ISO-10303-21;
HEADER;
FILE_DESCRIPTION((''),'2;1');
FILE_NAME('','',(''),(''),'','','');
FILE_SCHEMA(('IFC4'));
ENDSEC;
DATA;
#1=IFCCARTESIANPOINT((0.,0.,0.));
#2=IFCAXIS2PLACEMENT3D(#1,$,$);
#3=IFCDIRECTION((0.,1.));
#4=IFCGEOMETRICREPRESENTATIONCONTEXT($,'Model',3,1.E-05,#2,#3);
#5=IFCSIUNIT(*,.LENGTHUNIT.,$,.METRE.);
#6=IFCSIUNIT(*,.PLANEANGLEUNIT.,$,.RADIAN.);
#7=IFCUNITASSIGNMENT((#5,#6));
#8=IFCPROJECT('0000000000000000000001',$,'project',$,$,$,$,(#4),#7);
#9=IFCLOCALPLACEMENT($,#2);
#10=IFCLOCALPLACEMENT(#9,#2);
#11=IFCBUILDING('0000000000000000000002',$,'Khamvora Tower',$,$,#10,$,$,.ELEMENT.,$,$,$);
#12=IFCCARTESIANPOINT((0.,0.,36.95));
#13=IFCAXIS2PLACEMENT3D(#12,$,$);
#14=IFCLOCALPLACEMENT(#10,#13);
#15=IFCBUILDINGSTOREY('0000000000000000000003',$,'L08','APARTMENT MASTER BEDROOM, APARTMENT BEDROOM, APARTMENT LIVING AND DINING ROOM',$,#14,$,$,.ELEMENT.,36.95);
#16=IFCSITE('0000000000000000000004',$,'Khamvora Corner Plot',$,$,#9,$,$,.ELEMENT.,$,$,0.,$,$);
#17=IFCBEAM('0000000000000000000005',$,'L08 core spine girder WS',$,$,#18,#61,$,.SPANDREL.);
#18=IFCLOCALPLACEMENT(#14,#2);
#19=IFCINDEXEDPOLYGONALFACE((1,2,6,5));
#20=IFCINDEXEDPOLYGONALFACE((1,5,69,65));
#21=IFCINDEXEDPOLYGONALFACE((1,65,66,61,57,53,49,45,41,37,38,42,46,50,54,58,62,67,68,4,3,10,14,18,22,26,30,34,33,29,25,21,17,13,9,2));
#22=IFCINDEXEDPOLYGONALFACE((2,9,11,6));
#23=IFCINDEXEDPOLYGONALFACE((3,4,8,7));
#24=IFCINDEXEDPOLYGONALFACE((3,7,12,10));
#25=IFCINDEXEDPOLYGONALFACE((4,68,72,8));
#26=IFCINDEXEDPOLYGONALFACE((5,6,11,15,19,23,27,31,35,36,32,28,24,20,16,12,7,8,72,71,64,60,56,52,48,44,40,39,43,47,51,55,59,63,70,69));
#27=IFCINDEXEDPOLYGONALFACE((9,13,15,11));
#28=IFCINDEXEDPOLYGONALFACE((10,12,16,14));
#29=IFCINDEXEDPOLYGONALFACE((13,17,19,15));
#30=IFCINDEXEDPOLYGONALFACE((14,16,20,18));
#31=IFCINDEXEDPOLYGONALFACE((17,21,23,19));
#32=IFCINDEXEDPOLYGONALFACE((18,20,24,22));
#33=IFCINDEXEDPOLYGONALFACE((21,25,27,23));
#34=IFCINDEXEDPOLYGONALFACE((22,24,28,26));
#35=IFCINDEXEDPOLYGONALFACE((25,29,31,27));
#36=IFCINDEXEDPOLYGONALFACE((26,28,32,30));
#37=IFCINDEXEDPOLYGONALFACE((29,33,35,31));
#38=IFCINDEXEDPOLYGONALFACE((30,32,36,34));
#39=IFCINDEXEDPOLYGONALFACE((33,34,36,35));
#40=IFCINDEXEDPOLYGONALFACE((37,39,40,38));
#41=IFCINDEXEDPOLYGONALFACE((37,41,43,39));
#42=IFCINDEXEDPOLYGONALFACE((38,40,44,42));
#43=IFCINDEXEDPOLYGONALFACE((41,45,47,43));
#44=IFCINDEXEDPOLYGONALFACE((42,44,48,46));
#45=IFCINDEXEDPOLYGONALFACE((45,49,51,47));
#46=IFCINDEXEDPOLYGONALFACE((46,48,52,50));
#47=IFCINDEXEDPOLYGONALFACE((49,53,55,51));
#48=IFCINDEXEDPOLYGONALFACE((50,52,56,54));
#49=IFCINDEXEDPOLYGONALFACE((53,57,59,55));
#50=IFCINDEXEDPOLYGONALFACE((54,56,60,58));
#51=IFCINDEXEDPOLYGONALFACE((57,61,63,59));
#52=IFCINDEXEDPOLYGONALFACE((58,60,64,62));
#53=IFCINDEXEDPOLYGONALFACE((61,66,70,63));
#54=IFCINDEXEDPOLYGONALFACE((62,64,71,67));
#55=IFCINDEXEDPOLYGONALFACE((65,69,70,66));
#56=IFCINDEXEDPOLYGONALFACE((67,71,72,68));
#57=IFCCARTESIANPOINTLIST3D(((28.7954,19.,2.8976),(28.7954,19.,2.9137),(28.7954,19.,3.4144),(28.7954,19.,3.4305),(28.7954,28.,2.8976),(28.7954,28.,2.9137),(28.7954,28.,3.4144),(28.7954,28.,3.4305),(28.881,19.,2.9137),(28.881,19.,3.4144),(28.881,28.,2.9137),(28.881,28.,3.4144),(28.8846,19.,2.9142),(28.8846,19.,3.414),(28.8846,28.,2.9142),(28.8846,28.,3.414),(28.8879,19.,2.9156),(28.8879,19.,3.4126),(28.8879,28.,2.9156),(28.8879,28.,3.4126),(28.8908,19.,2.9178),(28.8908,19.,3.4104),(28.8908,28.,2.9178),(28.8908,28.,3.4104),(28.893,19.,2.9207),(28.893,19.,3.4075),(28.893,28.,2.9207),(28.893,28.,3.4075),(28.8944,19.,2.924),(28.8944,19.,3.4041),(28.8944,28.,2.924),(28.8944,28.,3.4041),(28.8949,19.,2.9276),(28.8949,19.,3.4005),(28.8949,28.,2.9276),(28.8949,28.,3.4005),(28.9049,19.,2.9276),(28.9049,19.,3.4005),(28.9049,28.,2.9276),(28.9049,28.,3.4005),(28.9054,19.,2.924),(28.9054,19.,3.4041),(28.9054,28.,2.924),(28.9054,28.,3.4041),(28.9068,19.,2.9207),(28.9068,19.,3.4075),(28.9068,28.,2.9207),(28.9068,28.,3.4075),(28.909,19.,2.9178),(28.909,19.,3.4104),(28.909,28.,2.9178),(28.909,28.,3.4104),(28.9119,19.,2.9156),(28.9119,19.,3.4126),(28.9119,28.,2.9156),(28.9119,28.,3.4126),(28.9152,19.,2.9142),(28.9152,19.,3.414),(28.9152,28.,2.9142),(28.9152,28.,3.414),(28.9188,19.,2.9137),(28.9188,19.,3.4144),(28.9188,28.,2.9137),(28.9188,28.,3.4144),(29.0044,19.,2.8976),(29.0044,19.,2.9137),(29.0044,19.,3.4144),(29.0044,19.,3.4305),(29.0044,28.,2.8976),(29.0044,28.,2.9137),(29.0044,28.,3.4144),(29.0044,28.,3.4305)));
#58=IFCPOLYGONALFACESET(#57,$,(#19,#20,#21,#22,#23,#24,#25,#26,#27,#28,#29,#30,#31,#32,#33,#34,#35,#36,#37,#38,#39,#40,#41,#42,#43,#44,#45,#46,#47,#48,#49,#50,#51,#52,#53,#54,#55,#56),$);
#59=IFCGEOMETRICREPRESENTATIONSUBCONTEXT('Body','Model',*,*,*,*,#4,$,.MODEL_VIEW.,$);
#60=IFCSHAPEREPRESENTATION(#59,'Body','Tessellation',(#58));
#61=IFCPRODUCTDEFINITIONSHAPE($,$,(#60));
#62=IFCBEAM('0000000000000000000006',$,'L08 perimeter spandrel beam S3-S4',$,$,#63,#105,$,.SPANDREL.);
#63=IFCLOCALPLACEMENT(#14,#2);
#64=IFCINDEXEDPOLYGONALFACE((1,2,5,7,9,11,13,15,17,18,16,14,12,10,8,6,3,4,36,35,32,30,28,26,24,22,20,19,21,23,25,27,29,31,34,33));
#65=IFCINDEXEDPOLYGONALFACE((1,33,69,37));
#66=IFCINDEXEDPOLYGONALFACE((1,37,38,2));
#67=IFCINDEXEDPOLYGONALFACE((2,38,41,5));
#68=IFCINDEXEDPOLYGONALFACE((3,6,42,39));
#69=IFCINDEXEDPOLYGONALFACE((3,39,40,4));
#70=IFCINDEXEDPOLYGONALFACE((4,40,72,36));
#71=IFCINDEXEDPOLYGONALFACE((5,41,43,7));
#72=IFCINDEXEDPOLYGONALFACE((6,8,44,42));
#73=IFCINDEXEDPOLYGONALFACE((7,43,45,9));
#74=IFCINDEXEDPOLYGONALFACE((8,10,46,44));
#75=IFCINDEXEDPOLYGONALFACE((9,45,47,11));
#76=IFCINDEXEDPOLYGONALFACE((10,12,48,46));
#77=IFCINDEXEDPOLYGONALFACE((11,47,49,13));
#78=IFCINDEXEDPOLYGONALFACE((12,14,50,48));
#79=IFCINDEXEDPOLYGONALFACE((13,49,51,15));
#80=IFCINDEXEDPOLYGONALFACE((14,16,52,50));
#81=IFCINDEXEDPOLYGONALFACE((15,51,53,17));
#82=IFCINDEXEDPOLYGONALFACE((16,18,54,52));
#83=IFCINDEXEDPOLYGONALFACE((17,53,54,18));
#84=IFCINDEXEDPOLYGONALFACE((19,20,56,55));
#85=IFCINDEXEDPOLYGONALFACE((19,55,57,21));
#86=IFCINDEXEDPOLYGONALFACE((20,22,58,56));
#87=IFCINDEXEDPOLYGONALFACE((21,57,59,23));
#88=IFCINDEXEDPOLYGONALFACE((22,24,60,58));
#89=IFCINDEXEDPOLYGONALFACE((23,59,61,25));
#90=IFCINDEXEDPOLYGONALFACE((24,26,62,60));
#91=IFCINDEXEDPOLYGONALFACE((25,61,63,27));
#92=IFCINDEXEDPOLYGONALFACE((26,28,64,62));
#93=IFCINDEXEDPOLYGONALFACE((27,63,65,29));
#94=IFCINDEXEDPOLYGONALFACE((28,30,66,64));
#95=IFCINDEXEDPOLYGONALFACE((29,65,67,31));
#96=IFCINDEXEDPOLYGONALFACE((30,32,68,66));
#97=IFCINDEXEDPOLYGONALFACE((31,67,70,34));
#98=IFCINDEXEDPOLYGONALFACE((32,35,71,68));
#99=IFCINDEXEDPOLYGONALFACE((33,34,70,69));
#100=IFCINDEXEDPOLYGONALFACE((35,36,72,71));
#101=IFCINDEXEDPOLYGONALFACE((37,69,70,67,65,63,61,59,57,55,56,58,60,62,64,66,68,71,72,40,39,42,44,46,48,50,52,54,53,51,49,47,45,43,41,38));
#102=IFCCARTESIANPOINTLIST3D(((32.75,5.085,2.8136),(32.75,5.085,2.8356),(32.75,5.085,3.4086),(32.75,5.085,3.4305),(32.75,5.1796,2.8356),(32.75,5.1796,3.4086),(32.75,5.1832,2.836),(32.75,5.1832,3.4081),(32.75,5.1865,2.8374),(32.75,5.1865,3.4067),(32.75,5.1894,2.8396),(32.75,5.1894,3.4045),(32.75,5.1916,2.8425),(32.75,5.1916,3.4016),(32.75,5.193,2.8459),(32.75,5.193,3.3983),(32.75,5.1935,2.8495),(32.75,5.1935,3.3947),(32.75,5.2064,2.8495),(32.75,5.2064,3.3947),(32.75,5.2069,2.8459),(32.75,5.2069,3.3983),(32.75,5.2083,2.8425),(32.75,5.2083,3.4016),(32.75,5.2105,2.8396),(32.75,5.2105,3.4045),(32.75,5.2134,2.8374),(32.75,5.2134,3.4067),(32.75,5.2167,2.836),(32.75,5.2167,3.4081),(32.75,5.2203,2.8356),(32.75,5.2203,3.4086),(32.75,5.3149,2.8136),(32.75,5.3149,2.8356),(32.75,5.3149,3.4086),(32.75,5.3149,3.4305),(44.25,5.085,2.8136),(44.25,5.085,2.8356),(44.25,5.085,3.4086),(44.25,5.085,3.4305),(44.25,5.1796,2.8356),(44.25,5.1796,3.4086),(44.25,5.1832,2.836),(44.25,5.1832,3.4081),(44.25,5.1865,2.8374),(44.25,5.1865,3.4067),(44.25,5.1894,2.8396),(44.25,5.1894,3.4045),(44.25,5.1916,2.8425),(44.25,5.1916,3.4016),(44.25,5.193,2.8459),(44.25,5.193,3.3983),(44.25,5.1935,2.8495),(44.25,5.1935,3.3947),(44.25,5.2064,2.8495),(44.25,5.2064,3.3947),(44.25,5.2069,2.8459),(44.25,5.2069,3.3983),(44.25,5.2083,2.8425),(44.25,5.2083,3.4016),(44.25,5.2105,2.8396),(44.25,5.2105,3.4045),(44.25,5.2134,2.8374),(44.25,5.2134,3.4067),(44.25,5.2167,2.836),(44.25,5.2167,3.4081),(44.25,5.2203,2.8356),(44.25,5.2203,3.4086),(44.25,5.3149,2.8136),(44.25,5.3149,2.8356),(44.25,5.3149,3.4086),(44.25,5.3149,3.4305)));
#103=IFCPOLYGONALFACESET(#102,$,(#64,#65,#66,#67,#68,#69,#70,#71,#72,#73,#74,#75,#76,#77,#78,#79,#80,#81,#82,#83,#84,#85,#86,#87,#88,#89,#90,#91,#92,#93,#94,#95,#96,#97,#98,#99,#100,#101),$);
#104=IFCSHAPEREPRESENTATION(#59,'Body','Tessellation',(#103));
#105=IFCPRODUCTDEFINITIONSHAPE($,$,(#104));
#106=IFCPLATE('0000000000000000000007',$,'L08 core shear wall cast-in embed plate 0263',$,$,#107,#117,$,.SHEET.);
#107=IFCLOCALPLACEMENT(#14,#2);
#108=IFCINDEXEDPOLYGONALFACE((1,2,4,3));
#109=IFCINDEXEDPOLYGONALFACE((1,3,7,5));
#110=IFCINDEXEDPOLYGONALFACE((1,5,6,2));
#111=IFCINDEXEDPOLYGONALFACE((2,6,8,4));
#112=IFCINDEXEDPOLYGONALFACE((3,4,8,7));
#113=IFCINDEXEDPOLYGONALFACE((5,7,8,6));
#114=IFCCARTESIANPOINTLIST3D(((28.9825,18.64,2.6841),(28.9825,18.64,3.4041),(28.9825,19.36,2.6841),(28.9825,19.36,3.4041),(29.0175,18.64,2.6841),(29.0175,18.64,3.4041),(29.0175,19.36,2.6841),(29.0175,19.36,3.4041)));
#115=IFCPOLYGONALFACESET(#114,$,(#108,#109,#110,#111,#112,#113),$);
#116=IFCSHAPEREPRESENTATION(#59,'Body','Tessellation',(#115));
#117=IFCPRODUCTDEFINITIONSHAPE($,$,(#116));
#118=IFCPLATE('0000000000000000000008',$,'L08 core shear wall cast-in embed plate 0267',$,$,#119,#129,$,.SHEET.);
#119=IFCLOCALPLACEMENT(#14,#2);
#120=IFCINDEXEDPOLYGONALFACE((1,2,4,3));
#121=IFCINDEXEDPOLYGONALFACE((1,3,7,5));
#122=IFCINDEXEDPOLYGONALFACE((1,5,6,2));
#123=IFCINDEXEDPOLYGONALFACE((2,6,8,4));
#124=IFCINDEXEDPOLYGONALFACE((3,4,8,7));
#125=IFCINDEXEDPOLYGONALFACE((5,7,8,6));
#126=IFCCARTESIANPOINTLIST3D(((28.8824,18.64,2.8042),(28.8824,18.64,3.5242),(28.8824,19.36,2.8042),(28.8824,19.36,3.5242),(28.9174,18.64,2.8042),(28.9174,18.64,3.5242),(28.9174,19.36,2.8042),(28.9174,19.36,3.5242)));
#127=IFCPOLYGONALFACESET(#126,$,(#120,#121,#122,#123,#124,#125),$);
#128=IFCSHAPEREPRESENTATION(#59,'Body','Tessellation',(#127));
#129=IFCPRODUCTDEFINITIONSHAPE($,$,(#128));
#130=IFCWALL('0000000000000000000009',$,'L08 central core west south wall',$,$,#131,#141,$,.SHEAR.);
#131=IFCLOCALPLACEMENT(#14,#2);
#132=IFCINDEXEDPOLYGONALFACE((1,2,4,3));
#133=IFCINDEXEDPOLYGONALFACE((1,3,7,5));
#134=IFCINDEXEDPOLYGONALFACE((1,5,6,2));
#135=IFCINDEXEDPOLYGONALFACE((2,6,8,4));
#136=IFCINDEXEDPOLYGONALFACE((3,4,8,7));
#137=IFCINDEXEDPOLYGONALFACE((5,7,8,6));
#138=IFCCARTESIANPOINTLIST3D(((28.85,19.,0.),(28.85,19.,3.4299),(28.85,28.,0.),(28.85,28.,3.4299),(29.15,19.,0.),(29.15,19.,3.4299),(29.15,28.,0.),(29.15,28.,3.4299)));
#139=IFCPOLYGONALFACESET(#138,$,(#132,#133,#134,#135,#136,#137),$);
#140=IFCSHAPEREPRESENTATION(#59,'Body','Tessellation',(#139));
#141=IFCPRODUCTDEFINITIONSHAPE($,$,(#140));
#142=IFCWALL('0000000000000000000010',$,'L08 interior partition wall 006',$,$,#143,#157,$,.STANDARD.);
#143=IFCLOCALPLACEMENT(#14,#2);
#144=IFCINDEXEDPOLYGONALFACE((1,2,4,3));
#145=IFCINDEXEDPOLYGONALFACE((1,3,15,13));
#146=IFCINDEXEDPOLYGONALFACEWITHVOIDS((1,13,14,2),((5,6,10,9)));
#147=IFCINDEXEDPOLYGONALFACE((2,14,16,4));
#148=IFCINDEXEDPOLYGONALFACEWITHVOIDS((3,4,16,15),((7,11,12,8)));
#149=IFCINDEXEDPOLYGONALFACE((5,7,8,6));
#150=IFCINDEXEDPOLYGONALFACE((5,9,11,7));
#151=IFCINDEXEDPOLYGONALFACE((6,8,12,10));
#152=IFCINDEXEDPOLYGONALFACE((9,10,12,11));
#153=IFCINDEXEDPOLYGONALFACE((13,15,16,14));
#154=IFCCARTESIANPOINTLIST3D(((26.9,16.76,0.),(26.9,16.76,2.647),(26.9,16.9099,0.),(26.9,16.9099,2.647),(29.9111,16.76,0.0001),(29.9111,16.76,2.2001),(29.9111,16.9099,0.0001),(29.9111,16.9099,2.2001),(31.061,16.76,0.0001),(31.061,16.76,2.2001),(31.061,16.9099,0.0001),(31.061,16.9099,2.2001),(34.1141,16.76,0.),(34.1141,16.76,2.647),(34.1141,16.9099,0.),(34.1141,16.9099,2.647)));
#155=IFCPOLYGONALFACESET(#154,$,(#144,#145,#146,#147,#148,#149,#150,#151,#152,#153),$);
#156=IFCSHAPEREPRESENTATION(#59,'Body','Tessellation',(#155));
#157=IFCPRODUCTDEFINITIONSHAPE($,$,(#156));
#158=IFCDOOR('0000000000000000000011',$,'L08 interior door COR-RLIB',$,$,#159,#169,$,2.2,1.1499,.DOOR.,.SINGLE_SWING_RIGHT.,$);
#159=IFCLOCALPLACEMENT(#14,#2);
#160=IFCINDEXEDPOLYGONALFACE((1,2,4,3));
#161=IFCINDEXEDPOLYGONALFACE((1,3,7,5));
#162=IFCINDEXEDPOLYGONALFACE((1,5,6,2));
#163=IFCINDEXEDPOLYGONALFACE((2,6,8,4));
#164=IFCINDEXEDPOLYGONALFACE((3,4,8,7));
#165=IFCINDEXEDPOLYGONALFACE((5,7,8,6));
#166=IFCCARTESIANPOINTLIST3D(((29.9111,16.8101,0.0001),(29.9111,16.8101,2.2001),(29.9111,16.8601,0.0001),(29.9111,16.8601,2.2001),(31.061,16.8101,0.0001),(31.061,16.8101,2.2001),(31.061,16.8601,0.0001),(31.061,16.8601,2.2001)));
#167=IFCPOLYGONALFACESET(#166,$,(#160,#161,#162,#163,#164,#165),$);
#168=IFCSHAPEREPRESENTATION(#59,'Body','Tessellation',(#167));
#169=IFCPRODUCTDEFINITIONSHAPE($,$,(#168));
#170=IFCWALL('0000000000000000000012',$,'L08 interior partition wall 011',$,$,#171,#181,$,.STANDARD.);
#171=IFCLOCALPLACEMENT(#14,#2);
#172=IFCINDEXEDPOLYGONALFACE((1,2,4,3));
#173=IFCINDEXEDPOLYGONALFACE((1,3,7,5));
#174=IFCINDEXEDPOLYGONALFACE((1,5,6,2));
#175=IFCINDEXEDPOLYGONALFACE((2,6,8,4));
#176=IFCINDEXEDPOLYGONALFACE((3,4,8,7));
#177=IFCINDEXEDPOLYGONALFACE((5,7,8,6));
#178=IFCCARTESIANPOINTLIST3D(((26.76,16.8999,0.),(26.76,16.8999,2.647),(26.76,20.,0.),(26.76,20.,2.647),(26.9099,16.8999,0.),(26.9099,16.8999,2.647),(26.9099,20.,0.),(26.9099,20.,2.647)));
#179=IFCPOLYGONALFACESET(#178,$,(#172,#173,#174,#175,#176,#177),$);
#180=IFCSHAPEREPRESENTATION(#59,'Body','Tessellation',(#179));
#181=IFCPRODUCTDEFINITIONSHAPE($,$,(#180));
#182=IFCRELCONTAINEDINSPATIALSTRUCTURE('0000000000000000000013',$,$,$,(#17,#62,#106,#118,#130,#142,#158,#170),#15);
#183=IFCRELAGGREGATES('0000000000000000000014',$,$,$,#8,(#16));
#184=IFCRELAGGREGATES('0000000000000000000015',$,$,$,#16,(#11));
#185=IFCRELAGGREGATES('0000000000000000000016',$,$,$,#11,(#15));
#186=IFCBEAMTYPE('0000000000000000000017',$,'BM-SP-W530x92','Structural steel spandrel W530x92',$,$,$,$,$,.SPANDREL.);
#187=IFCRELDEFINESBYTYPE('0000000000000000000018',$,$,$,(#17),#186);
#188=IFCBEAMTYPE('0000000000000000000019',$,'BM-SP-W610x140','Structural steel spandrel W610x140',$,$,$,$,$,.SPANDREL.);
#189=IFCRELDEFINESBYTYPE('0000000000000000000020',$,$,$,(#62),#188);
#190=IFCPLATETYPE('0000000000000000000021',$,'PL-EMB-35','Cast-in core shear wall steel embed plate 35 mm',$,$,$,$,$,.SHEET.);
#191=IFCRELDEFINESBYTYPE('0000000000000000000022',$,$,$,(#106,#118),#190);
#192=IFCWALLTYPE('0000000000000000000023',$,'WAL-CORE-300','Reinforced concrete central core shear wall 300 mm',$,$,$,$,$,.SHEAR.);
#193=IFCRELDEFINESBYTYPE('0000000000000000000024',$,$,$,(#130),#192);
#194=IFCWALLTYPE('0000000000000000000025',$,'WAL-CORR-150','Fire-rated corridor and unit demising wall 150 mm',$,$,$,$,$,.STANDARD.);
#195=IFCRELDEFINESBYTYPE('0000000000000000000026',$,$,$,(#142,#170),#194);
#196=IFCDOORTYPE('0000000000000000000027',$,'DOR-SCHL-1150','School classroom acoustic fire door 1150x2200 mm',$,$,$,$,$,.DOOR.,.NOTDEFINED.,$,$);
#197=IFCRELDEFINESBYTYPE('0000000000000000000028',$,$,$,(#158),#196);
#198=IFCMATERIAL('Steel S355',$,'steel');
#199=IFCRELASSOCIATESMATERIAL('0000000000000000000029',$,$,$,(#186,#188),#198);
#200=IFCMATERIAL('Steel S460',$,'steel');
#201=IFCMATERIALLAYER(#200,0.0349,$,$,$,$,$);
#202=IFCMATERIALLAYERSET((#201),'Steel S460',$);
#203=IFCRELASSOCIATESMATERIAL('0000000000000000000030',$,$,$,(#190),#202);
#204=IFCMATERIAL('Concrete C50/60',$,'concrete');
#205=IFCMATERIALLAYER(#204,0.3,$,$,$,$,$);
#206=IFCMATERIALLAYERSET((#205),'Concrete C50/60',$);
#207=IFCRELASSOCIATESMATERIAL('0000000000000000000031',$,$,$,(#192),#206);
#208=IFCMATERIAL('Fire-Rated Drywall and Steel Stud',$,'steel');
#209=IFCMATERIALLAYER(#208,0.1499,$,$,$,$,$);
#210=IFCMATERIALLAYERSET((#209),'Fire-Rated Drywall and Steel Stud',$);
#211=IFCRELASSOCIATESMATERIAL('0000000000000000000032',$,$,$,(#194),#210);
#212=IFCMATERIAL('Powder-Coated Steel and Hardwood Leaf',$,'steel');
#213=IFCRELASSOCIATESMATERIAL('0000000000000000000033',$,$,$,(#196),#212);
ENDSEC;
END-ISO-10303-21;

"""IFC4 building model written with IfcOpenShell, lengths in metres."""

from ifc_helpers import new_model, si_unit, direction, frame, frame_2d, origin, origin_2d, place, context, subcontext, project, spatial, rectangle, i_section, extrude, material, layer, layer_set, material_profile, profile_set, type_object, element, fill, save


model = new_model("IFC4")

# Units and contexts
model_context = context("Model", 3, precision=1e-05, world=origin(), true_north=direction((0.0, 1.0)))
body_context = subcontext(model_context, "Body", "Model", "MODEL_VIEW")
ifc_project = project(units=[si_unit("LENGTHUNIT", "METRE"), si_unit("PLANEANGLEUNIT", "RADIAN")], contexts=[model_context])

# Site, building, storey
site_placement = place(None, origin())
site = spatial("IfcSite", under=ifc_project, at=site_placement, Name="Khamvora Corner Plot", CompositionType="ELEMENT", RefElevation=0.0)
building_placement = place(site_placement, origin())
building = spatial("IfcBuilding", under=site, at=building_placement, Name="Khamvora Tower", CompositionType="ELEMENT")
storey_placement = place(building_placement, frame((0.0, 0.0, 36.95)))
storey = spatial("IfcBuildingStorey", under=building, at=storey_placement, Name="L08", Description="APARTMENT MASTER BEDROOM, APARTMENT BEDROOM, APARTMENT LIVING AND DINING ROOM", CompositionType="ELEMENT", Elevation=36.95)

# Shared definitions
ifc_material_1 = material(Name="Steel S460", Category="steel")

# Beams
ifc_material_2 = material(Name="Steel S355", Category="steel")
ifc_material_profile_1 = material_profile(ifc_material_2, i_section(OverallWidth=0.209, OverallDepth=0.533, WebThickness=0.01, FlangeThickness=0.0161, FilletRadius=0.0139, at=origin_2d()), Name="W530x92")
ifc_profile_set_1 = profile_set([ifc_material_profile_1], Name="Steel S355")
beam_type_1 = type_object("IfcBeamType", Name="BM-SP-W530x92", Description="Structural steel spandrel W530x92", PredefinedType="SPANDREL", material=ifc_profile_set_1)
beam_1_placement = place(storey_placement, frame((28.8999, 19.0, 3.1641), z_axis=(0.0, 1.0, 0.0), x_axis=(-1.0, 0.0, 0.0)))
element("IfcBeam", 1, at=beam_1_placement, inside=storey, type_object=beam_type_1, Name="L08 core spine girder WS", PredefinedType="SPANDREL", context=body_context, shape_type="SweptSolid", body=[
    extrude(i_section(OverallWidth=0.209, OverallDepth=0.533, WebThickness=0.01, FlangeThickness=0.0161, FilletRadius=0.0139, at=origin_2d()), origin(), (0.0, 0.0, 1.0), 9.0),
])
ifc_material_profile_2 = material_profile(ifc_material_2, i_section(OverallWidth=0.23, OverallDepth=0.6169, WebThickness=0.0129, FlangeThickness=0.022, FilletRadius=0.0139, at=origin_2d()), Name="W610x140")
ifc_profile_set_2 = profile_set([ifc_material_profile_2], Name="Steel S355")
beam_type_2 = type_object("IfcBeamType", Name="BM-SP-W610x140", Description="Structural steel spandrel W610x140", PredefinedType="SPANDREL", material=ifc_profile_set_2)
beam_2_placement = place(storey_placement, frame((32.75, 5.2, 3.1221), z_axis=(1.0, 0.0, 0.0), x_axis=(0.0, 1.0, 0.0)))
element("IfcBeam", 2, at=beam_2_placement, inside=storey, type_object=beam_type_2, Name="L08 perimeter spandrel beam S3-S4", PredefinedType="SPANDREL", context=body_context, shape_type="SweptSolid", body=[
    extrude(i_section(OverallWidth=0.23, OverallDepth=0.6169, WebThickness=0.0129, FlangeThickness=0.022, FilletRadius=0.0139, at=origin_2d()), origin(), (0.0, 0.0, 1.0), 11.5),
])

# Plates
ifc_layer_1 = layer(ifc_material_1, 0.0349)
ifc_layer_set_1 = layer_set([ifc_layer_1], Name="Steel S460")
plate_type = type_object("IfcPlateType", Name="PL-EMB-35", Description="Cast-in core shear wall steel embed plate 35 mm", PredefinedType="SHEET", material=ifc_layer_set_1)
for number, where, z_axis, x_axis, name in (
    (3, (29.0, 19.0, 2.6841), (0.0, 0.0, 1.0), (1.0, 0.0, 0.0), "L08 core shear wall cast-in embed plate 0263"),
    (4, (28.8999, 19.0, 2.8042), (0.0, 0.0, 1.0), (1.0, 0.0, 0.0), "L08 core shear wall cast-in embed plate 0267"),
):
    element("IfcPlate", number, at=place(storey_placement, frame(where, z_axis=z_axis, x_axis=x_axis)), inside=storey, type_object=plate_type, Name=name, PredefinedType="SHEET", context=body_context, shape_type="SweptSolid", body=[
        extrude(rectangle(XDim=0.0349, YDim=0.72, at=origin_2d()), origin(), (0.0, 0.0, 1.0), 0.72),
    ])

# Wall
ifc_material_3 = material(Name="Concrete C50/60", Category="concrete")
ifc_layer_2 = layer(ifc_material_3, 0.3)
ifc_layer_set_2 = layer_set([ifc_layer_2], Name="Concrete C50/60")
wall_type_1 = type_object("IfcWallType", Name="WAL-CORE-300", Description="Reinforced concrete central core shear wall 300 mm", PredefinedType="SHEAR", material=ifc_layer_set_2)
wall_1_placement = place(storey_placement, frame((29.0, 19.0, 0.0), z_axis=(0.0, 0.0, 1.0), x_axis=(0.0, 1.0, 0.0)))
element("IfcWall", 5, at=wall_1_placement, inside=storey, type_object=wall_type_1, Name="L08 central core west south wall", PredefinedType="SHEAR", context=body_context, shape_type="SweptSolid", body=[
    extrude(rectangle(XDim=9.0, YDim=0.3, at=frame_2d((4.5, 0.0))), origin(), (0.0, 0.0, 1.0), 3.4299),
])

# Wall, opening, door
ifc_material_4 = material(Name="Fire-Rated Drywall and Steel Stud", Category="steel")
ifc_layer_3 = layer(ifc_material_4, 0.1499)
ifc_layer_set_3 = layer_set([ifc_layer_3], Name="Fire-Rated Drywall and Steel Stud")
wall_type_2 = type_object("IfcWallType", Name="WAL-CORR-150", Description="Fire-rated corridor and unit demising wall 150 mm", PredefinedType="STANDARD", material=ifc_layer_set_3)
wall_2_placement = place(storey_placement, frame((34.114, 16.835, 0.0), z_axis=(0.0, 0.0, 1.0), x_axis=(-1.0, 0.0, 0.0)))
wall_2 = element("IfcWall", 6, at=wall_2_placement, inside=storey, type_object=wall_type_2, Name="L08 interior partition wall 006", PredefinedType="STANDARD", context=body_context, shape_type="SweptSolid", body=[
    extrude(rectangle(XDim=7.2141, YDim=0.1499, at=frame_2d((3.6069, 0.0))), origin(), (0.0, 0.0, 1.0), 2.647),
])
opening_1_placement = place(wall_2_placement, frame((3.053, 0.0, 0.0)))
opening_1 = element("IfcOpeningElement", 7, at=opening_1_placement, cuts=wall_2, PredefinedType="OPENING", context=body_context, shape_type="SweptSolid", body=[
    extrude(rectangle(XDim=1.1499, YDim=2.2, at=frame_2d((0.575, 1.1001))), frame((0.0, 0.085, 0.0), z_axis=(0.0, -1.0, 0.0), x_axis=(1.0, 0.0, 0.0)), (0.0, 0.0, 1.0), 0.1699),
])
ifc_material_5 = material(Name="Powder-Coated Steel and Hardwood Leaf", Category="steel")
door_type_1 = type_object("IfcDoorType", Name="DOR-SCHL-1150", Description="School classroom acoustic fire door 1150x2200 mm", OperationType="NOTDEFINED", PredefinedType="DOOR", material=ifc_material_5)
door_1_placement = place(opening_1_placement, origin())
door_1 = element("IfcDoor", 8, at=door_1_placement, inside=storey, type_object=door_type_1, Name="L08 interior door COR-RLIB", OperationType="SINGLE_SWING_RIGHT", OverallHeight=2.2, OverallWidth=1.1499, PredefinedType="DOOR", context=body_context, shape_type="SweptSolid", body=[
    extrude(rectangle(XDim=1.1499, YDim=2.2, at=frame_2d((0.575, 1.1001))), frame((0.0, 0.0249, 0.0), z_axis=(0.0, -1.0, 0.0), x_axis=(1.0, 0.0, 0.0)), (0.0, 0.0, 1.0), 0.05),
])
fill(opening_1, door_1)

# Wall
wall_3_placement = place(storey_placement, frame((26.835, 16.8999, 0.0), z_axis=(0.0, 0.0, 1.0), x_axis=(0.0, 1.0, 0.0)))
element("IfcWall", 9, at=wall_3_placement, inside=storey, type_object=wall_type_2, Name="L08 interior partition wall 011", PredefinedType="STANDARD", context=body_context, shape_type="SweptSolid", body=[
    extrude(rectangle(XDim=3.1001, YDim=0.1499, at=frame_2d((1.55, 0.0))), origin(), (0.0, 0.0, 1.0), 2.647),
])

save(model, "model.ifc")
